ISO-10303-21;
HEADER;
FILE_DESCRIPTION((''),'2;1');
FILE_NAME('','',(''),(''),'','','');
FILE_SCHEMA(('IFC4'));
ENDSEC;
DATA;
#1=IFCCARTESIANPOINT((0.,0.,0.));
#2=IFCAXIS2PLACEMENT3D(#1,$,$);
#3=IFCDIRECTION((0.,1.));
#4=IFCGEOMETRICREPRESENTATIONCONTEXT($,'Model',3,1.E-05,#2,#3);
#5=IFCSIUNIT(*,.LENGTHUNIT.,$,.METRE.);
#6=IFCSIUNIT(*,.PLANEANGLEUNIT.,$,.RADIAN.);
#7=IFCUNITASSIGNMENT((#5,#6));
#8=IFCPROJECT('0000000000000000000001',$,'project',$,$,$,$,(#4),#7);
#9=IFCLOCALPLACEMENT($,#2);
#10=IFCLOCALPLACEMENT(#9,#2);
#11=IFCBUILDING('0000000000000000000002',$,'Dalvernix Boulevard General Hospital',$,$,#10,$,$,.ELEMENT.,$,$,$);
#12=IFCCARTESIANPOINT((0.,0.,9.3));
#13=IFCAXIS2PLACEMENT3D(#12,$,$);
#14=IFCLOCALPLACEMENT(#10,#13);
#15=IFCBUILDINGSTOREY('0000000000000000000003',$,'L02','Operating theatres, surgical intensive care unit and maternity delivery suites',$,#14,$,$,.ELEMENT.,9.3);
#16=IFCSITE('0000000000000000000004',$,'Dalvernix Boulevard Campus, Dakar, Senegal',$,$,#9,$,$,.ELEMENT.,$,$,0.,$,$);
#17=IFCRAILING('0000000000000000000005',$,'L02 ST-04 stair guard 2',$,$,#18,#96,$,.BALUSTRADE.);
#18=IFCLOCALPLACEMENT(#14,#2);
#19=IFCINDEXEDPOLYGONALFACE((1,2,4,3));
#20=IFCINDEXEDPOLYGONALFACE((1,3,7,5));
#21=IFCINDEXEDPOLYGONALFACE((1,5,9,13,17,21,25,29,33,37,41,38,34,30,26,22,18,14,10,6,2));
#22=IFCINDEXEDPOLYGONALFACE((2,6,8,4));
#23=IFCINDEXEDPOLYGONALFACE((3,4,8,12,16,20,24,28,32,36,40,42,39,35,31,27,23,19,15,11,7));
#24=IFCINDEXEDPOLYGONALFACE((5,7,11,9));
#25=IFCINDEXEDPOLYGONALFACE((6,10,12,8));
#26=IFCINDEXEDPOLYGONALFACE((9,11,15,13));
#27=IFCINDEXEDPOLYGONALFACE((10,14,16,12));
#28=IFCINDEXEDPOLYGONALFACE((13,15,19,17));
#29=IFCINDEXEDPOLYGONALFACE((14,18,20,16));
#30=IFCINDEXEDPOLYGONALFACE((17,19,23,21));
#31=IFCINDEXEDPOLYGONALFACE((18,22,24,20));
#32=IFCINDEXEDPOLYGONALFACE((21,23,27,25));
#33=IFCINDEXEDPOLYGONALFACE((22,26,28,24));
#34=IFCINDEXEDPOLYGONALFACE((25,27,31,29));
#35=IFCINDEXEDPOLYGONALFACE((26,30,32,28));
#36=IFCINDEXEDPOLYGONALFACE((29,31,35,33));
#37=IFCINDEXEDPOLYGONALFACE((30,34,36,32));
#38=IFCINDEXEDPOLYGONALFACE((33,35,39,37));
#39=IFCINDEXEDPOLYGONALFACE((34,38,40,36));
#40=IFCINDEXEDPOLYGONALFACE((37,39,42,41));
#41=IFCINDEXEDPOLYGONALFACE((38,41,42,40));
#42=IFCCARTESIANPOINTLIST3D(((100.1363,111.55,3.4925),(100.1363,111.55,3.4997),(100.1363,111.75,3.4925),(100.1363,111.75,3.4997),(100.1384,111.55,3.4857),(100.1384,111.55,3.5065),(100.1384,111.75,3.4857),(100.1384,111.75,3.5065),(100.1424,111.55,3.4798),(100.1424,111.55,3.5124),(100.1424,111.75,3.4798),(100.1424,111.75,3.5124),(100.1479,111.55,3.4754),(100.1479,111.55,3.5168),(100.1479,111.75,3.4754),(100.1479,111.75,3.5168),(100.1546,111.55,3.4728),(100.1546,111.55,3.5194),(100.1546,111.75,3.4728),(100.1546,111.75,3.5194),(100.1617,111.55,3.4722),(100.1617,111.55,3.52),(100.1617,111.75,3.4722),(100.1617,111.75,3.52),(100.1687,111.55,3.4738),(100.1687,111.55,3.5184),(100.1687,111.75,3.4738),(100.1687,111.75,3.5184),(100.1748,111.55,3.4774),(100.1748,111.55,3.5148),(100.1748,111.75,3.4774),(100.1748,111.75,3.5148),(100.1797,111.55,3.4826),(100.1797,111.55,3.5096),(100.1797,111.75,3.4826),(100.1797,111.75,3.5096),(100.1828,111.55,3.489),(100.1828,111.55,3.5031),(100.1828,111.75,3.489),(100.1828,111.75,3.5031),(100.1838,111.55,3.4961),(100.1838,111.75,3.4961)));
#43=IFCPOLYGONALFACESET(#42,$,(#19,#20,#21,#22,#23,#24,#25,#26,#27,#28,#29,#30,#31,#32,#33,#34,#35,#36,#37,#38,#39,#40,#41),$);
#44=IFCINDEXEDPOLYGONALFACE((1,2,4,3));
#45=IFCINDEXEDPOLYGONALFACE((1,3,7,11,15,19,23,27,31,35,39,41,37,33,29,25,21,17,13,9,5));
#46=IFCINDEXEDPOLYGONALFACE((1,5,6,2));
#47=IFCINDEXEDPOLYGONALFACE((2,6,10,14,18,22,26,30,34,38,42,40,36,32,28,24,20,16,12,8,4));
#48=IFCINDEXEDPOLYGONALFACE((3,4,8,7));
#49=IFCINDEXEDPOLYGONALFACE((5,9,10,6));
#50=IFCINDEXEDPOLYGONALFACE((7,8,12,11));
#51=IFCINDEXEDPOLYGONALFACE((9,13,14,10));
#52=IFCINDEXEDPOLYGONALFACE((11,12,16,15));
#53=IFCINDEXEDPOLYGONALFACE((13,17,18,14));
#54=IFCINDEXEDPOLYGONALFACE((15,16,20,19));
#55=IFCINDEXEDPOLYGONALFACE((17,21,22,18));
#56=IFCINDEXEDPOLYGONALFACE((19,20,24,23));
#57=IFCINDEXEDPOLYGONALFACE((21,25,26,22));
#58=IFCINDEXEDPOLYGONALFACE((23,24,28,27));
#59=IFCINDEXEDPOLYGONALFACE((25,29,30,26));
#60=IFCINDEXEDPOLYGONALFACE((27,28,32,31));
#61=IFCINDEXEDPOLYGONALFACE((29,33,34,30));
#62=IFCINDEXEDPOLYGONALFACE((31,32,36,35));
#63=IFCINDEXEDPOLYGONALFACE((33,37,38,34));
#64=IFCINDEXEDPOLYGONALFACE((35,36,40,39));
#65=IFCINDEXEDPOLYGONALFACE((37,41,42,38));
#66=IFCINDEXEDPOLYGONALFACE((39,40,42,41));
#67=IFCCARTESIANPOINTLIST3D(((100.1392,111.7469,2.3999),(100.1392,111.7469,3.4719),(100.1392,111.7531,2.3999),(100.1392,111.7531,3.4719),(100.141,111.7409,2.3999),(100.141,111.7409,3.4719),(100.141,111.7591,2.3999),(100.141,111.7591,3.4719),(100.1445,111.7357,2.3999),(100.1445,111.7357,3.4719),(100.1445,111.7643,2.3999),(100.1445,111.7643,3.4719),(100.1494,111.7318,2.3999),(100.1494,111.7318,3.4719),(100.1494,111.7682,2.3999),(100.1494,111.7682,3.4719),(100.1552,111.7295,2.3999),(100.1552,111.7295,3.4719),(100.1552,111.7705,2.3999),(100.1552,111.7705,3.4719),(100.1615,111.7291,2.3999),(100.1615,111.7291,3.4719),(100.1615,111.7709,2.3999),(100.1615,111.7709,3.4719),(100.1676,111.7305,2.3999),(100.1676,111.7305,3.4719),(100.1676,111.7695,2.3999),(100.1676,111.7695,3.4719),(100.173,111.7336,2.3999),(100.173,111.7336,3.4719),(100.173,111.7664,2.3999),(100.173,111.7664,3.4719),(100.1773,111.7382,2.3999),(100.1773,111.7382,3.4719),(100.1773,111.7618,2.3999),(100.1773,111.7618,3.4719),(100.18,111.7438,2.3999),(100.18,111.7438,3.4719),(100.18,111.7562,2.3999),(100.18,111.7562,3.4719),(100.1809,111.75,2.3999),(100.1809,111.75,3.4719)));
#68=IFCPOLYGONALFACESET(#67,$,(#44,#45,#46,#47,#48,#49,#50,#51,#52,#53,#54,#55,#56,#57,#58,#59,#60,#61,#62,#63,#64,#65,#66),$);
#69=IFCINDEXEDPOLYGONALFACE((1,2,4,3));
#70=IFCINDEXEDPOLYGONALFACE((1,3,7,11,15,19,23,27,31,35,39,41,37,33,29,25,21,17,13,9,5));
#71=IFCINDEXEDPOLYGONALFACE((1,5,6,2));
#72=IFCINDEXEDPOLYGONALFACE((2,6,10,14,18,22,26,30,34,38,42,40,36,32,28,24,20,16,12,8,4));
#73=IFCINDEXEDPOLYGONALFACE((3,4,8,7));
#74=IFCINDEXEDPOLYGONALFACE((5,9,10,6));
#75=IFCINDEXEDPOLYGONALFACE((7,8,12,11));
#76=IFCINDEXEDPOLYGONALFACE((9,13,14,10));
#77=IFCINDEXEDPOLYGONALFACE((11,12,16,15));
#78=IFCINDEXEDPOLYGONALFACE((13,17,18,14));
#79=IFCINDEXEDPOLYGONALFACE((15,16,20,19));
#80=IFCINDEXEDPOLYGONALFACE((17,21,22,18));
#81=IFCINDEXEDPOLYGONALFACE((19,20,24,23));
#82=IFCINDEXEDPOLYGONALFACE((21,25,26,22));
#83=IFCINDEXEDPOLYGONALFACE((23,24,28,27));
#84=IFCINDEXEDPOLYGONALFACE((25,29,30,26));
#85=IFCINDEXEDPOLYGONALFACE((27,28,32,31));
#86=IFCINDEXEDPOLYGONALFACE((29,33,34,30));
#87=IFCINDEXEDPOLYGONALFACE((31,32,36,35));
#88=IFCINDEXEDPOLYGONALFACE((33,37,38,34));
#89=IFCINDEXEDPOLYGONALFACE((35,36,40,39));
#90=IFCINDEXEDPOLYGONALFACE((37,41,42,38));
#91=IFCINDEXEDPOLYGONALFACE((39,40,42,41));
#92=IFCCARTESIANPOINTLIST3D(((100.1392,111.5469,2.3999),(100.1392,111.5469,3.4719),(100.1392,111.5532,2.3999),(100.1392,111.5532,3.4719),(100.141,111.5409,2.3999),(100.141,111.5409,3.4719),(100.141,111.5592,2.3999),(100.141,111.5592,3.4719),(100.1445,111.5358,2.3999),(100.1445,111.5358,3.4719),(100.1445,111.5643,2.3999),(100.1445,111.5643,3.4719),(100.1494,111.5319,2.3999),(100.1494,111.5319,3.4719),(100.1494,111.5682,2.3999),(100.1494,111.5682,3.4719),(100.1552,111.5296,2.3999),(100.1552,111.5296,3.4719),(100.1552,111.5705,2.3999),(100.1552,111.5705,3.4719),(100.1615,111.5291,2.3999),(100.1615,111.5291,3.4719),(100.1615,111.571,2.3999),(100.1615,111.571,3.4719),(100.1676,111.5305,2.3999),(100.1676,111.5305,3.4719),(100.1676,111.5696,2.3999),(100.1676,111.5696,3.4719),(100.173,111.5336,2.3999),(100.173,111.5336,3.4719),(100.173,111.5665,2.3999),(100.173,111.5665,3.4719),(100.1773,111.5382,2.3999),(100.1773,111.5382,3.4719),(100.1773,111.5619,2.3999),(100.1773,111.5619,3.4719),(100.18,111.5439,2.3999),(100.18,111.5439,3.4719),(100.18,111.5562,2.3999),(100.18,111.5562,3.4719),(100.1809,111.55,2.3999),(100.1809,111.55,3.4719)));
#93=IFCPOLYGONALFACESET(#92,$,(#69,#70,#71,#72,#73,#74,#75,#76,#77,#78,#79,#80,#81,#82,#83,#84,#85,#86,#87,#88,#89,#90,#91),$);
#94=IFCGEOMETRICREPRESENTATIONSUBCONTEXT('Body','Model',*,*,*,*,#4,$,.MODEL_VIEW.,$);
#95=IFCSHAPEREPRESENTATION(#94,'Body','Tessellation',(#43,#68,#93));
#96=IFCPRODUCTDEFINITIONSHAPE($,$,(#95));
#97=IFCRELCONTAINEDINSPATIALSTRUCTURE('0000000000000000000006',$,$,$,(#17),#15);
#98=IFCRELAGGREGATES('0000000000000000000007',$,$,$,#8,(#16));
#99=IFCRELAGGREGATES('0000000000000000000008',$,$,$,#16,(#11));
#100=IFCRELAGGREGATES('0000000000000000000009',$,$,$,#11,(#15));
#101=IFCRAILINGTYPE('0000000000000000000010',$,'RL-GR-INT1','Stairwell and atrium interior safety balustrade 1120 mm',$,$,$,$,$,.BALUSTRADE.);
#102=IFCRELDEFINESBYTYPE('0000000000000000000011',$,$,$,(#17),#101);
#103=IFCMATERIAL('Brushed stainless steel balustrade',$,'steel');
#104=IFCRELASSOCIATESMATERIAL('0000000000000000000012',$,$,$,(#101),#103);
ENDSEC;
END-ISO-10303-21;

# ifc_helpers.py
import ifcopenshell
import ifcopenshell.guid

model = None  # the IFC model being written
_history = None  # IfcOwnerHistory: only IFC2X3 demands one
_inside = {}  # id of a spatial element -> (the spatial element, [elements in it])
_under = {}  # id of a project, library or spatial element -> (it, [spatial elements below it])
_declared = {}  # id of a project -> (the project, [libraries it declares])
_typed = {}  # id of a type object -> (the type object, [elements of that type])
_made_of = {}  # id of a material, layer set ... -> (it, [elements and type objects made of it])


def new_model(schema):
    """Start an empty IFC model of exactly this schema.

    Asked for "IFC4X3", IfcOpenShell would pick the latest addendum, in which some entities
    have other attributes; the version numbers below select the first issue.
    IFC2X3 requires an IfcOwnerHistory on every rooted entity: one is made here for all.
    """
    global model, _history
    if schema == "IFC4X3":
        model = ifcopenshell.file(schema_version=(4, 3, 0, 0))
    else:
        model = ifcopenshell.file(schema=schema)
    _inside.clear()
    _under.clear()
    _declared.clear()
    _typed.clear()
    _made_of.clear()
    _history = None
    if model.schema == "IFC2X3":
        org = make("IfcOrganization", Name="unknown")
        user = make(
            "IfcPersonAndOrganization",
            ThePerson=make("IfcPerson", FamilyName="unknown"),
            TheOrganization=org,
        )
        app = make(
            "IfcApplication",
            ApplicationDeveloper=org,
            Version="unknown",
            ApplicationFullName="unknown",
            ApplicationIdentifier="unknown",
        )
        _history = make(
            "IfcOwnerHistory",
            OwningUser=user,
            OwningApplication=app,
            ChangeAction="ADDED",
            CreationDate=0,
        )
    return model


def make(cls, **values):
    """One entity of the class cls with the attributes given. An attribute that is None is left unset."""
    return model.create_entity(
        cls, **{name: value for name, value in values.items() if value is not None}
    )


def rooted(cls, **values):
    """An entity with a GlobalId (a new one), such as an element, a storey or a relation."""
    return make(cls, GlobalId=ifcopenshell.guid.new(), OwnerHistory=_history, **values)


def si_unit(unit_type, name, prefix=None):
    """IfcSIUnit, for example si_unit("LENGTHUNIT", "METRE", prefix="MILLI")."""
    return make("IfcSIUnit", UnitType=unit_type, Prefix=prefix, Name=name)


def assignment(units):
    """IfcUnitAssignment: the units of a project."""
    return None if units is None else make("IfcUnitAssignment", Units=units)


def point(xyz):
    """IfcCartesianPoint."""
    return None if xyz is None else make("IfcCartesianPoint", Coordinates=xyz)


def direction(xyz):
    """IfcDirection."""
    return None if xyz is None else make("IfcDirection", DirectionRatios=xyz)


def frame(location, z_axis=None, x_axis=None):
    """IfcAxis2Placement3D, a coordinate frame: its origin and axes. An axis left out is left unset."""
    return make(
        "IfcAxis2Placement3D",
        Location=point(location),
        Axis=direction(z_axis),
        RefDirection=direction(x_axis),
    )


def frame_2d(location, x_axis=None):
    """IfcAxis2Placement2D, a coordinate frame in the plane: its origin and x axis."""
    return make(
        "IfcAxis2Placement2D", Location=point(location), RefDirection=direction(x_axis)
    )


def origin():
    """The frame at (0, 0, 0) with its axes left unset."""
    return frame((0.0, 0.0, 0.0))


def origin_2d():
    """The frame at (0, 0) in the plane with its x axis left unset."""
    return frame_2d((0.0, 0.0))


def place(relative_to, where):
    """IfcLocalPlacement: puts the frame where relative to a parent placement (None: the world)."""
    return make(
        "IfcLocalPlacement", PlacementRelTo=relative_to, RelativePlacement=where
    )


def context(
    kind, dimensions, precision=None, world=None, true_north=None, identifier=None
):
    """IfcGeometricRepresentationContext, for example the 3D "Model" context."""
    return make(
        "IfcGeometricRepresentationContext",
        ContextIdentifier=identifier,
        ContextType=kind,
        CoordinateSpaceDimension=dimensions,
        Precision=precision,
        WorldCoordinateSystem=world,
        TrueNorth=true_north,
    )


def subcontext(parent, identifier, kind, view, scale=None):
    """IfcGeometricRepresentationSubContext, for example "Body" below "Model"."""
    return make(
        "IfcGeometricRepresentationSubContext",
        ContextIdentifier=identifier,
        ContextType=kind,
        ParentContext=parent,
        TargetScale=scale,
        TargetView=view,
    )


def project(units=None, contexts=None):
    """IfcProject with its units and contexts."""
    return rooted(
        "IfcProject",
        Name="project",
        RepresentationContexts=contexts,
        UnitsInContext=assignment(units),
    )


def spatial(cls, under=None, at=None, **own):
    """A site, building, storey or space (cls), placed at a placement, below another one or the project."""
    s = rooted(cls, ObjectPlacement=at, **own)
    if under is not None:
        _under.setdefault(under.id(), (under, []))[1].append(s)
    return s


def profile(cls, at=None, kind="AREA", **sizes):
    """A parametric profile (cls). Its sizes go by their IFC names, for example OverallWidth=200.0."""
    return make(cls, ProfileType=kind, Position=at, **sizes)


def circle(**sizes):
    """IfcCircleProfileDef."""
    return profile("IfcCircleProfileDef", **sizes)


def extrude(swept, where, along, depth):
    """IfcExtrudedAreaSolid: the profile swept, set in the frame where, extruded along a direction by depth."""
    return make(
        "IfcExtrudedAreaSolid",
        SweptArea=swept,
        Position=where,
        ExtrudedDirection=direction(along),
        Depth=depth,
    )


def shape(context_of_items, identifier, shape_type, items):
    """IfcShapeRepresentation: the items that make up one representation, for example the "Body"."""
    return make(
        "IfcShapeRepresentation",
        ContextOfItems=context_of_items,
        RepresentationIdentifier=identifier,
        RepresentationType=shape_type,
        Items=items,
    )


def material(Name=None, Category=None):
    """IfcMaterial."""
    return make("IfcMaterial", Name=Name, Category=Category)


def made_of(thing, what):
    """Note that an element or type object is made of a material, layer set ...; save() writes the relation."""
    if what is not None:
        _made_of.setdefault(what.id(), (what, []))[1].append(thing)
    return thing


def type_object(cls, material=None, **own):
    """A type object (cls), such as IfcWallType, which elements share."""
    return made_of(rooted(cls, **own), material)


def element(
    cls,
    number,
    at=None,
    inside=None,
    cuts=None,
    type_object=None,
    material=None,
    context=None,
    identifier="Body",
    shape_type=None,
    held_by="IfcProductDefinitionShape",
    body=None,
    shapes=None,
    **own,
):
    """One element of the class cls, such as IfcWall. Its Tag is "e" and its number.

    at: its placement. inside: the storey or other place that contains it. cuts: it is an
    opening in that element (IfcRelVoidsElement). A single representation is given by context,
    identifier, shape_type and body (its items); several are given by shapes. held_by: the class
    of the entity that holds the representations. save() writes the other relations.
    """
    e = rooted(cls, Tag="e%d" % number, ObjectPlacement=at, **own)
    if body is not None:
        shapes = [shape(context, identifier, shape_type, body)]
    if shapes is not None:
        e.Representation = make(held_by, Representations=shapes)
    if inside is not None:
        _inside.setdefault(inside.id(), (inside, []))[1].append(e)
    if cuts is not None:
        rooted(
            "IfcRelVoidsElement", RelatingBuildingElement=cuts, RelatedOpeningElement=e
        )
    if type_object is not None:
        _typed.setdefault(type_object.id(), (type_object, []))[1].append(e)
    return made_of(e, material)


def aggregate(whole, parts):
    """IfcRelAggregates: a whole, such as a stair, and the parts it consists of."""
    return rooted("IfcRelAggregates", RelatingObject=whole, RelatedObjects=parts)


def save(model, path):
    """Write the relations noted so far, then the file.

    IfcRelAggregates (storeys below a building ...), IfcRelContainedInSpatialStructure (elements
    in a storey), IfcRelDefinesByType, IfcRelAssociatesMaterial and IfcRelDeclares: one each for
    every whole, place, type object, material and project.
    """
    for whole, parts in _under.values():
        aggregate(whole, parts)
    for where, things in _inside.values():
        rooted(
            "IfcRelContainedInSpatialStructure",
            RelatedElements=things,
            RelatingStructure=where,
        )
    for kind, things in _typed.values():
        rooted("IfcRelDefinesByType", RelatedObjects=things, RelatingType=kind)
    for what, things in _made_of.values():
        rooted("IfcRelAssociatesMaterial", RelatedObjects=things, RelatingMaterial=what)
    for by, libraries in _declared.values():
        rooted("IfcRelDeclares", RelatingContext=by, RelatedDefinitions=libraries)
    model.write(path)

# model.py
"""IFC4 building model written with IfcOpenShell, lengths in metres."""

from ifc_helpers import new_model, si_unit, direction, frame, origin, origin_2d, place, context, subcontext, project, spatial, circle, extrude, material, type_object, element, save


model = new_model("IFC4")

# Units and contexts
model_context = context("Model", 3, precision=1e-05, world=origin(), true_north=direction((0.0, 1.0)))
body_context = subcontext(model_context, "Body", "Model", "MODEL_VIEW")
ifc_project = project(units=[si_unit("LENGTHUNIT", "METRE"), si_unit("PLANEANGLEUNIT", "RADIAN")], contexts=[model_context])

# Site, building, storey
site_placement = place(None, origin())
site = spatial("IfcSite", under=ifc_project, at=site_placement, Name="Dalvernix Boulevard Campus, Dakar, Senegal", CompositionType="ELEMENT", RefElevation=0.0)
building_placement = place(site_placement, origin())
building = spatial("IfcBuilding", under=site, at=building_placement, Name="Dalvernix Boulevard General Hospital", CompositionType="ELEMENT")
storey_placement = place(building_placement, frame((0.0, 0.0, 9.3)))
storey = spatial("IfcBuildingStorey", under=building, at=storey_placement, Name="L02", Description="Operating theatres, surgical intensive care unit and maternity delivery suites", CompositionType="ELEMENT", Elevation=9.3)

# Railing
ifc_material_1 = material(Name="Brushed stainless steel balustrade", Category="steel")
railing_type_1 = type_object("IfcRailingType", Name="RL-GR-INT1", Description="Stairwell and atrium interior safety balustrade 1120 mm", PredefinedType="BALUSTRADE", material=ifc_material_1)
railing_1_placement = place(storey_placement, frame((100.1599, 111.75, 2.3999)))
element("IfcRailing", 1, at=railing_1_placement, inside=storey, type_object=railing_type_1, Name="L02 ST-04 stair guard 2", PredefinedType="BALUSTRADE", context=body_context, shape_type="SweptSolid", body=[
    extrude(circle(Radius=0.0239, at=origin_2d()), frame((0.0, 0.0, 1.0962), z_axis=(0.0, -1.0, 0.0), x_axis=(1.0, 0.0, 0.0)), (0.0, 0.0, 1.0), 0.2),
    extrude(circle(Radius=0.021, at=origin_2d()), origin(), (0.0, 0.0, 1.0), 1.072),
    extrude(circle(Radius=0.021, at=origin_2d()), frame((0.0, -0.2, 0.0)), (0.0, 0.0, 1.0), 1.072),
])

save(model, "model.ifc")
